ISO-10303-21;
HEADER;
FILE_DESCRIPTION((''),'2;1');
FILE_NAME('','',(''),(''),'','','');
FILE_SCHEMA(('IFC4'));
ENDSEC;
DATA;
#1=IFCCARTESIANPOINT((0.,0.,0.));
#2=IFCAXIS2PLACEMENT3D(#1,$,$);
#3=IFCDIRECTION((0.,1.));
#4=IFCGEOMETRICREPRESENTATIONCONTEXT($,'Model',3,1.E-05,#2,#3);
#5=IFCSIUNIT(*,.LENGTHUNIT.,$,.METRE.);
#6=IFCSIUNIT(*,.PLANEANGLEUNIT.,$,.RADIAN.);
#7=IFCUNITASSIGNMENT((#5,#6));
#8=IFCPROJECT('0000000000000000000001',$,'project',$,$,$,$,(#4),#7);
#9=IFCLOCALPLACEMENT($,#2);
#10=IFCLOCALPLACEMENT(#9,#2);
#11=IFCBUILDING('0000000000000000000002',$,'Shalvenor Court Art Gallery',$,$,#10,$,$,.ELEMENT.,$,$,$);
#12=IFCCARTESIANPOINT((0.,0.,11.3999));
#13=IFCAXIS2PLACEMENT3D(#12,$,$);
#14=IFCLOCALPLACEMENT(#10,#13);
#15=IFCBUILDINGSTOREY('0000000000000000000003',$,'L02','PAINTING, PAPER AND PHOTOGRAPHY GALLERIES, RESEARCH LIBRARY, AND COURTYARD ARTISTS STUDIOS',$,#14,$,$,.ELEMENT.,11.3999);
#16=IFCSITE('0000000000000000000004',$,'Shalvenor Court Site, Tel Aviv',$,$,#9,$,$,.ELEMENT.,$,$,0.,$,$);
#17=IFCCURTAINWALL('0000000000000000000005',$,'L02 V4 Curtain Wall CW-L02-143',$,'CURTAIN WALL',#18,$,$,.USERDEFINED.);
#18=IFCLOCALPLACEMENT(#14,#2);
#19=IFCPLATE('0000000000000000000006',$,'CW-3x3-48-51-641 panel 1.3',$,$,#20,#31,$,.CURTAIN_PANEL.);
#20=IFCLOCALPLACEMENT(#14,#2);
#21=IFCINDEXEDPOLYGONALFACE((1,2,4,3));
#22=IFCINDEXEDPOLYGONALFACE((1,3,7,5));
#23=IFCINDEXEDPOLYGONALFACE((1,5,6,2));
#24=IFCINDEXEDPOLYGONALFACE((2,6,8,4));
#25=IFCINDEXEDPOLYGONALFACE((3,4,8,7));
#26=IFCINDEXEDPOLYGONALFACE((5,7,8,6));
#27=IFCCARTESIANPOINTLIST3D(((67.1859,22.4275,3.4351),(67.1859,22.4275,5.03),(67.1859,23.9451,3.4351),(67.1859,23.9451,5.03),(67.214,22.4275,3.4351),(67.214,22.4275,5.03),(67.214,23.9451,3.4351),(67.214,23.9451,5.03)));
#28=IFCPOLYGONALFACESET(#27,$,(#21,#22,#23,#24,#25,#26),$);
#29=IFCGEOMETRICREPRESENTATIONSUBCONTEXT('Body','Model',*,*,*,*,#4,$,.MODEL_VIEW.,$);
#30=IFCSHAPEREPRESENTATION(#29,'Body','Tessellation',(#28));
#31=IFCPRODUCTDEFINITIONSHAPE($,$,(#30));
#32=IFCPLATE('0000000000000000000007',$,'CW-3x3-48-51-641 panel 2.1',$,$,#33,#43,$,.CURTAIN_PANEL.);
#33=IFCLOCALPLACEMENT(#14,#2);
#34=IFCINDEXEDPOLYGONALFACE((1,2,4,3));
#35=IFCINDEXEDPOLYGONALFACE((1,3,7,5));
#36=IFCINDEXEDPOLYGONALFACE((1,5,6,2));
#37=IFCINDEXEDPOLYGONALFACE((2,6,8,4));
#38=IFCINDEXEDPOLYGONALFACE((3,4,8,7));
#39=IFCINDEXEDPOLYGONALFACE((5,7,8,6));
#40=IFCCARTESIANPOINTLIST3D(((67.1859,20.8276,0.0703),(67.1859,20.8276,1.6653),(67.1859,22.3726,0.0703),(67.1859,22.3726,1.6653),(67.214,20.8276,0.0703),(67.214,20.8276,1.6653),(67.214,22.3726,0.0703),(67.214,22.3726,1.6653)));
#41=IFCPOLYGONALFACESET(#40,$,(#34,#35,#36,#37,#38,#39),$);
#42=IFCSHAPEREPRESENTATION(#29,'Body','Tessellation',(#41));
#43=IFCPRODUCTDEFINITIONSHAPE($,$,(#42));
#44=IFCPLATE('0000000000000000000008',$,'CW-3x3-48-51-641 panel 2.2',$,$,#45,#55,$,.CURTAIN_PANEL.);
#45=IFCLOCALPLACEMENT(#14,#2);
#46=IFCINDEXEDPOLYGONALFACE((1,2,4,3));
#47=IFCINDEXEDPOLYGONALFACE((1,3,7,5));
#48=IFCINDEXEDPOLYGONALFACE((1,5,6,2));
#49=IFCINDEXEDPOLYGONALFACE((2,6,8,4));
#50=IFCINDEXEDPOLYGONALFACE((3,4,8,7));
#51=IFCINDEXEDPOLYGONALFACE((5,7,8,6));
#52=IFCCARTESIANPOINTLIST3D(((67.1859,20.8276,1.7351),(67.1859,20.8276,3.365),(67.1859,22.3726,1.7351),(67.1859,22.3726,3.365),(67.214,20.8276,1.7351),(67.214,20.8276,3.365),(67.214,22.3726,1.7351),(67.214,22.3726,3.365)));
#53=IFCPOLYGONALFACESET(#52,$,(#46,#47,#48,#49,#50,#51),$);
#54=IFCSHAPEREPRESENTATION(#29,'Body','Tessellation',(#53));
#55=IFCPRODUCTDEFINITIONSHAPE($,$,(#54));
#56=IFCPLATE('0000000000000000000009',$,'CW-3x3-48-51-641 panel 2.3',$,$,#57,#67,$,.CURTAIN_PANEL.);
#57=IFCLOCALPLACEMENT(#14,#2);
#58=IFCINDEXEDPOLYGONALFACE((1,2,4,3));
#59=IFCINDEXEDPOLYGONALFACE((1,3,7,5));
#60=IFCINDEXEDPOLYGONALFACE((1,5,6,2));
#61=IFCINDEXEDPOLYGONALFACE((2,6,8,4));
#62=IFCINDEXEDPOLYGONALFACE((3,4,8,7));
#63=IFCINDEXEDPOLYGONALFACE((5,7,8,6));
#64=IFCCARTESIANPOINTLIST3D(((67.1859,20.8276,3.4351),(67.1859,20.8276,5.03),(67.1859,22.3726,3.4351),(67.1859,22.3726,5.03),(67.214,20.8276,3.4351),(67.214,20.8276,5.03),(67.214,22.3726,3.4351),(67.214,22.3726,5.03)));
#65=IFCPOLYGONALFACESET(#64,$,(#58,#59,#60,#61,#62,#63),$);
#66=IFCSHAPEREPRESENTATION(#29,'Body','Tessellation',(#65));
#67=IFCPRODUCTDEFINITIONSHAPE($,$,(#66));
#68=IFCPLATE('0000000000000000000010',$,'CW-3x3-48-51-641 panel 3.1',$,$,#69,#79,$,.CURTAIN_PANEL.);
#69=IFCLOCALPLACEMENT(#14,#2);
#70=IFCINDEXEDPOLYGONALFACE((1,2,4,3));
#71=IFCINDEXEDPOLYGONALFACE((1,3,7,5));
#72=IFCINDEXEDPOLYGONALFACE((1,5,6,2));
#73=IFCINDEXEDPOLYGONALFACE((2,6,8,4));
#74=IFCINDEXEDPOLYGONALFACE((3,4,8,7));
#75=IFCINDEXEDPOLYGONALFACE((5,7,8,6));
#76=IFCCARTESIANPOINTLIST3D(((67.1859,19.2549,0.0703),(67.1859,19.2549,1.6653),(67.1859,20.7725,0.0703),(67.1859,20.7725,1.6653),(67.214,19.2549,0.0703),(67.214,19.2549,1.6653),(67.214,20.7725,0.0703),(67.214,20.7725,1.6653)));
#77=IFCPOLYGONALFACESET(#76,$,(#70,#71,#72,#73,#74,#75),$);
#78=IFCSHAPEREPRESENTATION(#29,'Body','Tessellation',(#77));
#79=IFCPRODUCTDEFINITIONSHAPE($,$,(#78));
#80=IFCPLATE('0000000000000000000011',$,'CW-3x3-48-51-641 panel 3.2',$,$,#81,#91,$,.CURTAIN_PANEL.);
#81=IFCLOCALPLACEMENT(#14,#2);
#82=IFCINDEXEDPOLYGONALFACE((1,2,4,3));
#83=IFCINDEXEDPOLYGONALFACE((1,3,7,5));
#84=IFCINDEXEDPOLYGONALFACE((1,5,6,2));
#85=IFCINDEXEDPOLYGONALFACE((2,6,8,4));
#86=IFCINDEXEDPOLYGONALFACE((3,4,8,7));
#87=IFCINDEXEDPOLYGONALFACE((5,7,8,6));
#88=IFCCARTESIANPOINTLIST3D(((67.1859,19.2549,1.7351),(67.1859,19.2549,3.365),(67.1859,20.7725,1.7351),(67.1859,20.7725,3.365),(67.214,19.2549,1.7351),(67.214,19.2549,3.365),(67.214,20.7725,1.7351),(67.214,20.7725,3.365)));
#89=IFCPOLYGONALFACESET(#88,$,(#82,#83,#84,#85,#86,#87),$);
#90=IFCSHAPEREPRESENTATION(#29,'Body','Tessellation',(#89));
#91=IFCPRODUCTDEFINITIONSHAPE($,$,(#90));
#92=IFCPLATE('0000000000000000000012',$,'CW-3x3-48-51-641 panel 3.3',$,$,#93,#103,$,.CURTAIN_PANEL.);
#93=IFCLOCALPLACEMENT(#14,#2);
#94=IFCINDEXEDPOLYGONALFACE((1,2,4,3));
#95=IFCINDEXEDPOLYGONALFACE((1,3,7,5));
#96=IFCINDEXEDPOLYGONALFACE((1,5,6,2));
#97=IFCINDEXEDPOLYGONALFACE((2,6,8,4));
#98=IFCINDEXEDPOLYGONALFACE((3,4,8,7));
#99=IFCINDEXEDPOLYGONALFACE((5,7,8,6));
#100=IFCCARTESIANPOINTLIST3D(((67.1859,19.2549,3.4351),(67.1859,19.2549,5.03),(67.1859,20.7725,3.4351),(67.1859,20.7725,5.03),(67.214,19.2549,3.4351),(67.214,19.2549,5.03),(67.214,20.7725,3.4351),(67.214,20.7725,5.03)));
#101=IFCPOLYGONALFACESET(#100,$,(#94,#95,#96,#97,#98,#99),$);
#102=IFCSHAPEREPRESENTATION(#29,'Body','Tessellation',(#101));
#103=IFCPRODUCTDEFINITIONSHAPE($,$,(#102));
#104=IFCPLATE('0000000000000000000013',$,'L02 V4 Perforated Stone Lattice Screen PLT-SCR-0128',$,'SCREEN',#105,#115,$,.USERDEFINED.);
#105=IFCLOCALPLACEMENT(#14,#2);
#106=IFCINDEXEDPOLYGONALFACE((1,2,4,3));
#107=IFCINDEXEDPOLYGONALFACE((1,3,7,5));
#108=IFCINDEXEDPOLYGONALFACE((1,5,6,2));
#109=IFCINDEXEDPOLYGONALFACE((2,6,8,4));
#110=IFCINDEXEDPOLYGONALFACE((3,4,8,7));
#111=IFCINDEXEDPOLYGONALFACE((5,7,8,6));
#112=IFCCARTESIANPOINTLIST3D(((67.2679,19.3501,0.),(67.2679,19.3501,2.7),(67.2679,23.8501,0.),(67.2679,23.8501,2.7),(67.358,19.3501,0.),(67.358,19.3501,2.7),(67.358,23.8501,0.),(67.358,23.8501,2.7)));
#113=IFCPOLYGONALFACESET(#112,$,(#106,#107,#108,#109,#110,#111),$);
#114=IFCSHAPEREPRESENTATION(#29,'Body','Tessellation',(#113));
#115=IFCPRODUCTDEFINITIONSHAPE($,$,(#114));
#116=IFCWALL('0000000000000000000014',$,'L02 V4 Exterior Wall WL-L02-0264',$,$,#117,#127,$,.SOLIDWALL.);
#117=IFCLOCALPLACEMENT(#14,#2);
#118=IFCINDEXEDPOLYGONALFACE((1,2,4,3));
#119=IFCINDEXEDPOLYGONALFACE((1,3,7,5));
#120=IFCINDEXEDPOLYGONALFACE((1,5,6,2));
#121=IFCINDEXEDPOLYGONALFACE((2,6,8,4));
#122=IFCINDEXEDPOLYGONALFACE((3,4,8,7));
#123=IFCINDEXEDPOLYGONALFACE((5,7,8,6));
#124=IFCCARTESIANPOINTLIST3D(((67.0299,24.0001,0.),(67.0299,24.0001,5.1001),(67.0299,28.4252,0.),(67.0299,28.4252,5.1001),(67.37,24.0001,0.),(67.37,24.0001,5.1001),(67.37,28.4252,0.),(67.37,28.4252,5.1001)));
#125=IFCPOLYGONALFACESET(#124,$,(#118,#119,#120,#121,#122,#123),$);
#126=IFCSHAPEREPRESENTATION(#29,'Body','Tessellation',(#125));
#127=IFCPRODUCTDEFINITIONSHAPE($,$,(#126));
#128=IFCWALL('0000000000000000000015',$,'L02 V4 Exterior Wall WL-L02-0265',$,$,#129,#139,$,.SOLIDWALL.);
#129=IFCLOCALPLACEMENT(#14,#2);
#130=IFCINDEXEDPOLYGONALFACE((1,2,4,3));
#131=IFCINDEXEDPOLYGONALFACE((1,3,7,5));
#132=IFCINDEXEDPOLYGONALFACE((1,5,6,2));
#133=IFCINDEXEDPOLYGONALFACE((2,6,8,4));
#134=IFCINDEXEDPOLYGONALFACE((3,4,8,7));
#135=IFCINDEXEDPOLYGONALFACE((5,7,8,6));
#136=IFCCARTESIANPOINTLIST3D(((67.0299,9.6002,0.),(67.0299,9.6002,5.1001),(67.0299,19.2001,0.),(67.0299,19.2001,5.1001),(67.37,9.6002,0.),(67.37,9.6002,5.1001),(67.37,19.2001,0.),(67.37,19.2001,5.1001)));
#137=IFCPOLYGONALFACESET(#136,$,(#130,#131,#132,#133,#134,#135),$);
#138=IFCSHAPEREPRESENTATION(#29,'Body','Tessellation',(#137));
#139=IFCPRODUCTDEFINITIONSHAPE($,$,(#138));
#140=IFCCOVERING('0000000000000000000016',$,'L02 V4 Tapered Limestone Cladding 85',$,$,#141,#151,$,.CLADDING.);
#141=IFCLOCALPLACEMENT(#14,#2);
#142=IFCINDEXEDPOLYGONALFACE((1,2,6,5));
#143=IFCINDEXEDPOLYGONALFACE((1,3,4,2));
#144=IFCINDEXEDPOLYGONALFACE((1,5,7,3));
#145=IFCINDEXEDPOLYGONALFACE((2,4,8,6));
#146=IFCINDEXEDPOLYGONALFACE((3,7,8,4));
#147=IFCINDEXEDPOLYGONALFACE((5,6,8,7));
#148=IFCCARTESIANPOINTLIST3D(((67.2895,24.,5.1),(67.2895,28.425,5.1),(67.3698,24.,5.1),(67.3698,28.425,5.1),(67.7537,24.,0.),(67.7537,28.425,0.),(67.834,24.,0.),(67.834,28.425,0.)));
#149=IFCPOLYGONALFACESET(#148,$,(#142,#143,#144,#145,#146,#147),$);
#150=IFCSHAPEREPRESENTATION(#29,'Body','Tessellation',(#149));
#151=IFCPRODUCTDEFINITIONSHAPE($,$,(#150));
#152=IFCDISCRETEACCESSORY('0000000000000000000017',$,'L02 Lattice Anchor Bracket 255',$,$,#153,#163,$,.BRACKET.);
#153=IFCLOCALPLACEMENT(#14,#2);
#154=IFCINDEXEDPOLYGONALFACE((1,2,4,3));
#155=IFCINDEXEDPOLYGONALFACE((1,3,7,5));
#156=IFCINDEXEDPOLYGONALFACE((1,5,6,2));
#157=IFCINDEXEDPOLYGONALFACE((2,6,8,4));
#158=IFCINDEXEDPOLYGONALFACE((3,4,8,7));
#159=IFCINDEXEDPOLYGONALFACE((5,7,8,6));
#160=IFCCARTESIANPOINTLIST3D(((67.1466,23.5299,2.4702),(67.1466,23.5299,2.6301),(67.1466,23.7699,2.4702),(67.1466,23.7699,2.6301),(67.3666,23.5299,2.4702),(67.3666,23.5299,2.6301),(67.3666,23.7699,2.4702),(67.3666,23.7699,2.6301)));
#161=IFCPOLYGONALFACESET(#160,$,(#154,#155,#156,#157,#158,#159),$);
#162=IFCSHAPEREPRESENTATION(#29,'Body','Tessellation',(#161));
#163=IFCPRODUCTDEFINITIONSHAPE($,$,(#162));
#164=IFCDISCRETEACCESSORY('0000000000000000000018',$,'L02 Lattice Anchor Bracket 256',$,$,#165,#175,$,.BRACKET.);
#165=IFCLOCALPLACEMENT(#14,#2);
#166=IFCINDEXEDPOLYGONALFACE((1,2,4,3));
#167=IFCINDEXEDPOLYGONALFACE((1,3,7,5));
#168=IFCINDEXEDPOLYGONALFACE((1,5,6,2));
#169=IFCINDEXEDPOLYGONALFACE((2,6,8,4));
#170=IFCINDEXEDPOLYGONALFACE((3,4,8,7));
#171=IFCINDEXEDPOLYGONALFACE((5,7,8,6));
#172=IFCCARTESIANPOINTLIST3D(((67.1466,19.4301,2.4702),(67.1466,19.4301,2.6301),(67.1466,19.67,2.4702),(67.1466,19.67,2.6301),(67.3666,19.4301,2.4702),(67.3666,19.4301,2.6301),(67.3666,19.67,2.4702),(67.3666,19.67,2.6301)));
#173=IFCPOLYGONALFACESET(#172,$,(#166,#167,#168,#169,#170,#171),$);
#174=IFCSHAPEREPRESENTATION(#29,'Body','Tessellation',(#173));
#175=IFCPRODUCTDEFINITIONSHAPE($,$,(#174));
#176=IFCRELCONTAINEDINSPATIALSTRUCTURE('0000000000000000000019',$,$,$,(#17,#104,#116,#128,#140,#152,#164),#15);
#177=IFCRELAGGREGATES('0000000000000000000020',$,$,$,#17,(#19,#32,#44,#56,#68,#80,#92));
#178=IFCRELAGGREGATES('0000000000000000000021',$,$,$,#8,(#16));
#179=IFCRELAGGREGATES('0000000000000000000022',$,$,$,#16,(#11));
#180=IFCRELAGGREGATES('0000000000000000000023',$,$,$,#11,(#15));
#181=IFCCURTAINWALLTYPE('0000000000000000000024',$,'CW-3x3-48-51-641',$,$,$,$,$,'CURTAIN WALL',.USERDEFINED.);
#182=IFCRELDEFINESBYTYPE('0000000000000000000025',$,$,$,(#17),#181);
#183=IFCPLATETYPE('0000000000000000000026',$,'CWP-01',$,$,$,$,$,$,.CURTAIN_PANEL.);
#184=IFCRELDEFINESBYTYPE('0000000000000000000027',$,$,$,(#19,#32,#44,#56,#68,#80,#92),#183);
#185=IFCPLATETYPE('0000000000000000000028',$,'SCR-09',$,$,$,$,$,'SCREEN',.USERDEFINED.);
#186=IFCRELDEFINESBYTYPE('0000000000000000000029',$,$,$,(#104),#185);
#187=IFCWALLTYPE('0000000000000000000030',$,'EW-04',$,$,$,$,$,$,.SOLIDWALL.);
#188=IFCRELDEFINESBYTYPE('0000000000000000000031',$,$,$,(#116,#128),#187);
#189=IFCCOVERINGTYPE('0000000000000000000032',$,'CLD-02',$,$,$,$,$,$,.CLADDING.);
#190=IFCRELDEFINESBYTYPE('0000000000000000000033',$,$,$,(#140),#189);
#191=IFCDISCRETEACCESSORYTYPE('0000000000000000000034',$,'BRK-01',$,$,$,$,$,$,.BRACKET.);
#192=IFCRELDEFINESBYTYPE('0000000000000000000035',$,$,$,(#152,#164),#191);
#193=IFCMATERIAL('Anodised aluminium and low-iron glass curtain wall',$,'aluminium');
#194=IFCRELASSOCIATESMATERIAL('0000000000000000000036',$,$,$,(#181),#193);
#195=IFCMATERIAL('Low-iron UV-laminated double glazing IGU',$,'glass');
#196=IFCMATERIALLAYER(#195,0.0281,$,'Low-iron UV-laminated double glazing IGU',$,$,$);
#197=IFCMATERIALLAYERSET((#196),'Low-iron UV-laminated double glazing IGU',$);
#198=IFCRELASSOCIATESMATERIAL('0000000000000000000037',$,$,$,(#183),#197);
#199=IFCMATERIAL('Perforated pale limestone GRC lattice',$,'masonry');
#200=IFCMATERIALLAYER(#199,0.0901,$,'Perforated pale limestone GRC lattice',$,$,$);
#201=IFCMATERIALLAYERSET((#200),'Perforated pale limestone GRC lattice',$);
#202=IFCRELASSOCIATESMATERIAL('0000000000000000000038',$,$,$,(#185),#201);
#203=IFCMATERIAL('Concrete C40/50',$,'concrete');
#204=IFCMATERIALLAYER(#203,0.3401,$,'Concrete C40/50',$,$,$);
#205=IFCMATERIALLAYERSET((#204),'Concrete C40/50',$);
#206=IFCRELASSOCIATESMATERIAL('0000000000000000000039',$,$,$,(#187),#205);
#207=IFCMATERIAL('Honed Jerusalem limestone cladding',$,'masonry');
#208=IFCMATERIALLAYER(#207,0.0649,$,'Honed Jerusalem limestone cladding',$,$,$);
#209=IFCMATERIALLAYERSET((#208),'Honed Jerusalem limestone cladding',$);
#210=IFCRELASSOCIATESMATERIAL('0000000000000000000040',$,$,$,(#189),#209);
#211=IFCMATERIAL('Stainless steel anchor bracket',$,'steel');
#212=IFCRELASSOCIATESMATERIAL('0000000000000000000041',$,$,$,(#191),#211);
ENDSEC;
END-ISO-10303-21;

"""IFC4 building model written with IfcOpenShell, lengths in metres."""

from ifc_helpers import new_model, si_unit, direction, frame, frame_2d, origin, origin_2d, place, context, subcontext, project, spatial, polyline, rectangle, outline, extrude, material, layer, layer_set, type_object, element, aggregate, save


model = new_model("IFC4")

# Units and contexts
model_context = context("Model", 3, precision=1e-05, world=origin(), true_north=direction((0.0, 1.0)))
body_context = subcontext(model_context, "Body", "Model", "MODEL_VIEW")
ifc_project = project(units=[si_unit("LENGTHUNIT", "METRE"), si_unit("PLANEANGLEUNIT", "RADIAN")], contexts=[model_context])

# Site, building, storey
site_placement = place(None, origin())
site = spatial("IfcSite", under=ifc_project, at=site_placement, Name="Shalvenor Court Site, Tel Aviv", CompositionType="ELEMENT", RefElevation=0.0)
building_placement = place(site_placement, origin())
building = spatial("IfcBuilding", under=site, at=building_placement, Name="Shalvenor Court Art Gallery", CompositionType="ELEMENT")
storey_placement = place(building_placement, frame((0.0, 0.0, 11.3999)))
storey = spatial("IfcBuildingStorey", under=building, at=storey_placement, Name="L02", Description="PAINTING, PAPER AND PHOTOGRAPHY GALLERIES, RESEARCH LIBRARY, AND COURTYARD ARTISTS STUDIOS", CompositionType="ELEMENT", Elevation=11.3999)

# Curtain wall
ifc_material_1 = material(Name="Anodised aluminium and low-iron glass curtain wall", Category="aluminium")
curtain_wall_type = type_object("IfcCurtainWallType", Name="CW-3x3-48-51-641", ElementType="CURTAIN WALL", PredefinedType="USERDEFINED", material=ifc_material_1)
curtain_wall_placement = place(storey_placement, origin())
curtain_wall = element("IfcCurtainWall", 1, at=curtain_wall_placement, inside=storey, type_object=curtain_wall_type, Name="L02 V4 Curtain Wall CW-L02-143", ObjectType="CURTAIN WALL", PredefinedType="USERDEFINED")

# Plates
ifc_material_2 = material(Name="Low-iron UV-laminated double glazing IGU", Category="glass")
ifc_layer_1 = layer(ifc_material_2, 0.0281, Name="Low-iron UV-laminated double glazing IGU")
ifc_layer_set_1 = layer_set([ifc_layer_1], Name="Low-iron UV-laminated double glazing IGU")
plate_type_1 = type_object("IfcPlateType", Name="CWP-01", PredefinedType="CURTAIN_PANEL", material=ifc_layer_set_1)
plate_1_placement = place(storey_placement, frame((67.2, 23.1863, 3.4351), z_axis=(0.0, 0.0, 1.0), x_axis=(0.0, -1.0, 0.0)))
plate_1 = element("IfcPlate", 2, at=plate_1_placement, type_object=plate_type_1, Name="CW-3x3-48-51-641 panel 1.3", PredefinedType="CURTAIN_PANEL", context=body_context, shape_type="SweptSolid", body=[
    extrude(rectangle(XDim=1.5176, YDim=0.0281, at=origin_2d()), origin(), (0.0, 0.0, 1.0), 1.595),
])
plate_2_placement = place(storey_placement, frame((67.2, 21.6001, 0.0703), z_axis=(0.0, 0.0, 1.0), x_axis=(0.0, -1.0, 0.0)))
plate_2 = element("IfcPlate", 3, at=plate_2_placement, type_object=plate_type_1, Name="CW-3x3-48-51-641 panel 2.1", PredefinedType="CURTAIN_PANEL", context=body_context, shape_type="SweptSolid", body=[
    extrude(rectangle(XDim=1.5449, YDim=0.0281, at=origin_2d()), origin(), (0.0, 0.0, 1.0), 1.595),
])
plate_3_placement = place(storey_placement, frame((67.2, 21.6001, 1.7351), z_axis=(0.0, 0.0, 1.0), x_axis=(0.0, -1.0, 0.0)))
plate_3 = element("IfcPlate", 4, at=plate_3_placement, type_object=plate_type_1, Name="CW-3x3-48-51-641 panel 2.2", PredefinedType="CURTAIN_PANEL", context=body_context, shape_type="SweptSolid", body=[
    extrude(rectangle(XDim=1.5449, YDim=0.0281, at=origin_2d()), origin(), (0.0, 0.0, 1.0), 1.6299),
])
plate_4_placement = place(storey_placement, frame((67.2, 21.6001, 3.4351), z_axis=(0.0, 0.0, 1.0), x_axis=(0.0, -1.0, 0.0)))
plate_4 = element("IfcPlate", 5, at=plate_4_placement, type_object=plate_type_1, Name="CW-3x3-48-51-641 panel 2.3", PredefinedType="CURTAIN_PANEL", context=body_context, shape_type="SweptSolid", body=[
    extrude(rectangle(XDim=1.5449, YDim=0.0281, at=origin_2d()), origin(), (0.0, 0.0, 1.0), 1.595),
])
plate_5_placement = place(storey_placement, frame((67.2, 20.0137, 0.0703), z_axis=(0.0, 0.0, 1.0), x_axis=(0.0, -1.0, 0.0)))
plate_5 = element("IfcPlate", 6, at=plate_5_placement, type_object=plate_type_1, Name="CW-3x3-48-51-641 panel 3.1", PredefinedType="CURTAIN_PANEL", context=body_context, shape_type="SweptSolid", body=[
    extrude(rectangle(XDim=1.5176, YDim=0.0281, at=origin_2d()), origin(), (0.0, 0.0, 1.0), 1.595),
])
plate_6_placement = place(storey_placement, frame((67.2, 20.0137, 1.7351), z_axis=(0.0, 0.0, 1.0), x_axis=(0.0, -1.0, 0.0)))
plate_6 = element("IfcPlate", 7, at=plate_6_placement, type_object=plate_type_1, Name="CW-3x3-48-51-641 panel 3.2", PredefinedType="CURTAIN_PANEL", context=body_context, shape_type="SweptSolid", body=[
    extrude(rectangle(XDim=1.5176, YDim=0.0281, at=origin_2d()), origin(), (0.0, 0.0, 1.0), 1.6299),
])
plate_7_placement = place(storey_placement, frame((67.2, 20.0137, 3.4351), z_axis=(0.0, 0.0, 1.0), x_axis=(0.0, -1.0, 0.0)))
plate_7 = element("IfcPlate", 8, at=plate_7_placement, type_object=plate_type_1, Name="CW-3x3-48-51-641 panel 3.3", PredefinedType="CURTAIN_PANEL", context=body_context, shape_type="SweptSolid", body=[
    extrude(rectangle(XDim=1.5176, YDim=0.0281, at=origin_2d()), origin(), (0.0, 0.0, 1.0), 1.595),
])
aggregate(curtain_wall, [plate_1, plate_2, plate_3, plate_4, plate_5, plate_6, plate_7])
ifc_material_3 = material(Name="Perforated pale limestone GRC lattice", Category="masonry")
ifc_layer_2 = layer(ifc_material_3, 0.0901, Name="Perforated pale limestone GRC lattice")
ifc_layer_set_2 = layer_set([ifc_layer_2], Name="Perforated pale limestone GRC lattice")
plate_type_2 = type_object("IfcPlateType", Name="SCR-09", ElementType="SCREEN", PredefinedType="USERDEFINED", material=ifc_layer_set_2)
plate_8_placement = place(storey_placement, frame((67.313, 21.6001, 0.0), z_axis=(0.0, 0.0, 1.0), x_axis=(0.0, -1.0, 0.0)))
element("IfcPlate", 9, at=plate_8_placement, inside=storey, type_object=plate_type_2, Name="L02 V4 Perforated Stone Lattice Screen PLT-SCR-0128", ObjectType="SCREEN", PredefinedType="USERDEFINED", context=body_context, shape_type="SweptSolid", body=[
    extrude(rectangle(XDim=4.5, YDim=0.0901, at=origin_2d()), origin(), (0.0, 0.0, 1.0), 2.7),
])

# Walls
ifc_material_4 = material(Name="Concrete C40/50", Category="concrete")
ifc_layer_3 = layer(ifc_material_4, 0.3401, Name="Concrete C40/50")
ifc_layer_set_3 = layer_set([ifc_layer_3], Name="Concrete C40/50")
wall_type = type_object("IfcWallType", Name="EW-04", PredefinedType="SOLIDWALL", material=ifc_layer_set_3)
wall_1_placement = place(storey_placement, frame((67.2, 28.425, 0.0), z_axis=(0.0, 0.0, 1.0), x_axis=(0.0, -1.0, 0.0)))
element("IfcWall", 10, at=wall_1_placement, inside=storey, type_object=wall_type, Name="L02 V4 Exterior Wall WL-L02-0264", PredefinedType="SOLIDWALL", context=body_context, shape_type="SweptSolid", body=[
    extrude(rectangle(XDim=4.425, YDim=0.3401, at=frame_2d((2.2124, 0.0))), origin(), (0.0, 0.0, 1.0), 5.1001),
])
wall_2_placement = place(storey_placement, frame((67.2, 19.2, 0.0), z_axis=(0.0, 0.0, 1.0), x_axis=(0.0, -1.0, 0.0)))
element("IfcWall", 11, at=wall_2_placement, inside=storey, type_object=wall_type, Name="L02 V4 Exterior Wall WL-L02-0265", PredefinedType="SOLIDWALL", context=body_context, shape_type="SweptSolid", body=[
    extrude(rectangle(XDim=9.5999, YDim=0.3401, at=frame_2d((4.7998, 0.0))), origin(), (0.0, 0.0, 1.0), 5.1001),
])

# Covering
ifc_material_5 = material(Name="Honed Jerusalem limestone cladding", Category="masonry")
ifc_layer_4 = layer(ifc_material_5, 0.0649, Name="Honed Jerusalem limestone cladding")
ifc_layer_set_4 = layer_set([ifc_layer_4], Name="Honed Jerusalem limestone cladding")
covering_type = type_object("IfcCoveringType", Name="CLD-02", PredefinedType="CLADDING", material=ifc_layer_set_4)
covering_placement = place(storey_placement, frame((67.834, 24.0, 0.0), z_axis=(0.0, 0.0, 1.0), x_axis=(0.0, 1.0, 0.0)))
element("IfcCovering", 12, at=covering_placement, inside=storey, type_object=covering_type, Name="L02 V4 Tapered Limestone Cladding 85", PredefinedType="CLADDING", context=body_context, shape_type="SweptSolid", body=[
    extrude(outline(polyline([(0.0, 0.0), (4.425, 0.0), (4.425, 5.1211), (0.0, 5.1211), (0.0, 0.0)])), frame((0.0, 0.0, 0.0), z_axis=(0.0, -0.995884, 0.090633), x_axis=(1.0, 0.0, 0.0)), (0.0, 0.090633, -0.995884), 0.0803),
])

# Discrete accessories
ifc_material_6 = material(Name="Stainless steel anchor bracket", Category="steel")
discrete_accessory_type = type_object("IfcDiscreteAccessoryType", Name="BRK-01", PredefinedType="BRACKET", material=ifc_material_6)
for number, where, z_axis, x_axis, name in (
    (13, (67.2566, 23.6499, 2.4702), (0.0, 0.0, 1.0), (0.0, -1.0, 0.0), "L02 Lattice Anchor Bracket 255"),
    (14, (67.2566, 19.55, 2.4702), (0.0, 0.0, 1.0), (0.0, -1.0, 0.0), "L02 Lattice Anchor Bracket 256"),
):
    element("IfcDiscreteAccessory", number, at=place(storey_placement, frame(where, z_axis=z_axis, x_axis=x_axis)), inside=storey, type_object=discrete_accessory_type, Name=name, PredefinedType="BRACKET", context=body_context, shape_type="SweptSolid", body=[
        extrude(rectangle(XDim=0.24, YDim=0.22, at=origin_2d()), origin(), (0.0, 0.0, 1.0), 0.1599),
    ])

save(model, "model.ifc")
